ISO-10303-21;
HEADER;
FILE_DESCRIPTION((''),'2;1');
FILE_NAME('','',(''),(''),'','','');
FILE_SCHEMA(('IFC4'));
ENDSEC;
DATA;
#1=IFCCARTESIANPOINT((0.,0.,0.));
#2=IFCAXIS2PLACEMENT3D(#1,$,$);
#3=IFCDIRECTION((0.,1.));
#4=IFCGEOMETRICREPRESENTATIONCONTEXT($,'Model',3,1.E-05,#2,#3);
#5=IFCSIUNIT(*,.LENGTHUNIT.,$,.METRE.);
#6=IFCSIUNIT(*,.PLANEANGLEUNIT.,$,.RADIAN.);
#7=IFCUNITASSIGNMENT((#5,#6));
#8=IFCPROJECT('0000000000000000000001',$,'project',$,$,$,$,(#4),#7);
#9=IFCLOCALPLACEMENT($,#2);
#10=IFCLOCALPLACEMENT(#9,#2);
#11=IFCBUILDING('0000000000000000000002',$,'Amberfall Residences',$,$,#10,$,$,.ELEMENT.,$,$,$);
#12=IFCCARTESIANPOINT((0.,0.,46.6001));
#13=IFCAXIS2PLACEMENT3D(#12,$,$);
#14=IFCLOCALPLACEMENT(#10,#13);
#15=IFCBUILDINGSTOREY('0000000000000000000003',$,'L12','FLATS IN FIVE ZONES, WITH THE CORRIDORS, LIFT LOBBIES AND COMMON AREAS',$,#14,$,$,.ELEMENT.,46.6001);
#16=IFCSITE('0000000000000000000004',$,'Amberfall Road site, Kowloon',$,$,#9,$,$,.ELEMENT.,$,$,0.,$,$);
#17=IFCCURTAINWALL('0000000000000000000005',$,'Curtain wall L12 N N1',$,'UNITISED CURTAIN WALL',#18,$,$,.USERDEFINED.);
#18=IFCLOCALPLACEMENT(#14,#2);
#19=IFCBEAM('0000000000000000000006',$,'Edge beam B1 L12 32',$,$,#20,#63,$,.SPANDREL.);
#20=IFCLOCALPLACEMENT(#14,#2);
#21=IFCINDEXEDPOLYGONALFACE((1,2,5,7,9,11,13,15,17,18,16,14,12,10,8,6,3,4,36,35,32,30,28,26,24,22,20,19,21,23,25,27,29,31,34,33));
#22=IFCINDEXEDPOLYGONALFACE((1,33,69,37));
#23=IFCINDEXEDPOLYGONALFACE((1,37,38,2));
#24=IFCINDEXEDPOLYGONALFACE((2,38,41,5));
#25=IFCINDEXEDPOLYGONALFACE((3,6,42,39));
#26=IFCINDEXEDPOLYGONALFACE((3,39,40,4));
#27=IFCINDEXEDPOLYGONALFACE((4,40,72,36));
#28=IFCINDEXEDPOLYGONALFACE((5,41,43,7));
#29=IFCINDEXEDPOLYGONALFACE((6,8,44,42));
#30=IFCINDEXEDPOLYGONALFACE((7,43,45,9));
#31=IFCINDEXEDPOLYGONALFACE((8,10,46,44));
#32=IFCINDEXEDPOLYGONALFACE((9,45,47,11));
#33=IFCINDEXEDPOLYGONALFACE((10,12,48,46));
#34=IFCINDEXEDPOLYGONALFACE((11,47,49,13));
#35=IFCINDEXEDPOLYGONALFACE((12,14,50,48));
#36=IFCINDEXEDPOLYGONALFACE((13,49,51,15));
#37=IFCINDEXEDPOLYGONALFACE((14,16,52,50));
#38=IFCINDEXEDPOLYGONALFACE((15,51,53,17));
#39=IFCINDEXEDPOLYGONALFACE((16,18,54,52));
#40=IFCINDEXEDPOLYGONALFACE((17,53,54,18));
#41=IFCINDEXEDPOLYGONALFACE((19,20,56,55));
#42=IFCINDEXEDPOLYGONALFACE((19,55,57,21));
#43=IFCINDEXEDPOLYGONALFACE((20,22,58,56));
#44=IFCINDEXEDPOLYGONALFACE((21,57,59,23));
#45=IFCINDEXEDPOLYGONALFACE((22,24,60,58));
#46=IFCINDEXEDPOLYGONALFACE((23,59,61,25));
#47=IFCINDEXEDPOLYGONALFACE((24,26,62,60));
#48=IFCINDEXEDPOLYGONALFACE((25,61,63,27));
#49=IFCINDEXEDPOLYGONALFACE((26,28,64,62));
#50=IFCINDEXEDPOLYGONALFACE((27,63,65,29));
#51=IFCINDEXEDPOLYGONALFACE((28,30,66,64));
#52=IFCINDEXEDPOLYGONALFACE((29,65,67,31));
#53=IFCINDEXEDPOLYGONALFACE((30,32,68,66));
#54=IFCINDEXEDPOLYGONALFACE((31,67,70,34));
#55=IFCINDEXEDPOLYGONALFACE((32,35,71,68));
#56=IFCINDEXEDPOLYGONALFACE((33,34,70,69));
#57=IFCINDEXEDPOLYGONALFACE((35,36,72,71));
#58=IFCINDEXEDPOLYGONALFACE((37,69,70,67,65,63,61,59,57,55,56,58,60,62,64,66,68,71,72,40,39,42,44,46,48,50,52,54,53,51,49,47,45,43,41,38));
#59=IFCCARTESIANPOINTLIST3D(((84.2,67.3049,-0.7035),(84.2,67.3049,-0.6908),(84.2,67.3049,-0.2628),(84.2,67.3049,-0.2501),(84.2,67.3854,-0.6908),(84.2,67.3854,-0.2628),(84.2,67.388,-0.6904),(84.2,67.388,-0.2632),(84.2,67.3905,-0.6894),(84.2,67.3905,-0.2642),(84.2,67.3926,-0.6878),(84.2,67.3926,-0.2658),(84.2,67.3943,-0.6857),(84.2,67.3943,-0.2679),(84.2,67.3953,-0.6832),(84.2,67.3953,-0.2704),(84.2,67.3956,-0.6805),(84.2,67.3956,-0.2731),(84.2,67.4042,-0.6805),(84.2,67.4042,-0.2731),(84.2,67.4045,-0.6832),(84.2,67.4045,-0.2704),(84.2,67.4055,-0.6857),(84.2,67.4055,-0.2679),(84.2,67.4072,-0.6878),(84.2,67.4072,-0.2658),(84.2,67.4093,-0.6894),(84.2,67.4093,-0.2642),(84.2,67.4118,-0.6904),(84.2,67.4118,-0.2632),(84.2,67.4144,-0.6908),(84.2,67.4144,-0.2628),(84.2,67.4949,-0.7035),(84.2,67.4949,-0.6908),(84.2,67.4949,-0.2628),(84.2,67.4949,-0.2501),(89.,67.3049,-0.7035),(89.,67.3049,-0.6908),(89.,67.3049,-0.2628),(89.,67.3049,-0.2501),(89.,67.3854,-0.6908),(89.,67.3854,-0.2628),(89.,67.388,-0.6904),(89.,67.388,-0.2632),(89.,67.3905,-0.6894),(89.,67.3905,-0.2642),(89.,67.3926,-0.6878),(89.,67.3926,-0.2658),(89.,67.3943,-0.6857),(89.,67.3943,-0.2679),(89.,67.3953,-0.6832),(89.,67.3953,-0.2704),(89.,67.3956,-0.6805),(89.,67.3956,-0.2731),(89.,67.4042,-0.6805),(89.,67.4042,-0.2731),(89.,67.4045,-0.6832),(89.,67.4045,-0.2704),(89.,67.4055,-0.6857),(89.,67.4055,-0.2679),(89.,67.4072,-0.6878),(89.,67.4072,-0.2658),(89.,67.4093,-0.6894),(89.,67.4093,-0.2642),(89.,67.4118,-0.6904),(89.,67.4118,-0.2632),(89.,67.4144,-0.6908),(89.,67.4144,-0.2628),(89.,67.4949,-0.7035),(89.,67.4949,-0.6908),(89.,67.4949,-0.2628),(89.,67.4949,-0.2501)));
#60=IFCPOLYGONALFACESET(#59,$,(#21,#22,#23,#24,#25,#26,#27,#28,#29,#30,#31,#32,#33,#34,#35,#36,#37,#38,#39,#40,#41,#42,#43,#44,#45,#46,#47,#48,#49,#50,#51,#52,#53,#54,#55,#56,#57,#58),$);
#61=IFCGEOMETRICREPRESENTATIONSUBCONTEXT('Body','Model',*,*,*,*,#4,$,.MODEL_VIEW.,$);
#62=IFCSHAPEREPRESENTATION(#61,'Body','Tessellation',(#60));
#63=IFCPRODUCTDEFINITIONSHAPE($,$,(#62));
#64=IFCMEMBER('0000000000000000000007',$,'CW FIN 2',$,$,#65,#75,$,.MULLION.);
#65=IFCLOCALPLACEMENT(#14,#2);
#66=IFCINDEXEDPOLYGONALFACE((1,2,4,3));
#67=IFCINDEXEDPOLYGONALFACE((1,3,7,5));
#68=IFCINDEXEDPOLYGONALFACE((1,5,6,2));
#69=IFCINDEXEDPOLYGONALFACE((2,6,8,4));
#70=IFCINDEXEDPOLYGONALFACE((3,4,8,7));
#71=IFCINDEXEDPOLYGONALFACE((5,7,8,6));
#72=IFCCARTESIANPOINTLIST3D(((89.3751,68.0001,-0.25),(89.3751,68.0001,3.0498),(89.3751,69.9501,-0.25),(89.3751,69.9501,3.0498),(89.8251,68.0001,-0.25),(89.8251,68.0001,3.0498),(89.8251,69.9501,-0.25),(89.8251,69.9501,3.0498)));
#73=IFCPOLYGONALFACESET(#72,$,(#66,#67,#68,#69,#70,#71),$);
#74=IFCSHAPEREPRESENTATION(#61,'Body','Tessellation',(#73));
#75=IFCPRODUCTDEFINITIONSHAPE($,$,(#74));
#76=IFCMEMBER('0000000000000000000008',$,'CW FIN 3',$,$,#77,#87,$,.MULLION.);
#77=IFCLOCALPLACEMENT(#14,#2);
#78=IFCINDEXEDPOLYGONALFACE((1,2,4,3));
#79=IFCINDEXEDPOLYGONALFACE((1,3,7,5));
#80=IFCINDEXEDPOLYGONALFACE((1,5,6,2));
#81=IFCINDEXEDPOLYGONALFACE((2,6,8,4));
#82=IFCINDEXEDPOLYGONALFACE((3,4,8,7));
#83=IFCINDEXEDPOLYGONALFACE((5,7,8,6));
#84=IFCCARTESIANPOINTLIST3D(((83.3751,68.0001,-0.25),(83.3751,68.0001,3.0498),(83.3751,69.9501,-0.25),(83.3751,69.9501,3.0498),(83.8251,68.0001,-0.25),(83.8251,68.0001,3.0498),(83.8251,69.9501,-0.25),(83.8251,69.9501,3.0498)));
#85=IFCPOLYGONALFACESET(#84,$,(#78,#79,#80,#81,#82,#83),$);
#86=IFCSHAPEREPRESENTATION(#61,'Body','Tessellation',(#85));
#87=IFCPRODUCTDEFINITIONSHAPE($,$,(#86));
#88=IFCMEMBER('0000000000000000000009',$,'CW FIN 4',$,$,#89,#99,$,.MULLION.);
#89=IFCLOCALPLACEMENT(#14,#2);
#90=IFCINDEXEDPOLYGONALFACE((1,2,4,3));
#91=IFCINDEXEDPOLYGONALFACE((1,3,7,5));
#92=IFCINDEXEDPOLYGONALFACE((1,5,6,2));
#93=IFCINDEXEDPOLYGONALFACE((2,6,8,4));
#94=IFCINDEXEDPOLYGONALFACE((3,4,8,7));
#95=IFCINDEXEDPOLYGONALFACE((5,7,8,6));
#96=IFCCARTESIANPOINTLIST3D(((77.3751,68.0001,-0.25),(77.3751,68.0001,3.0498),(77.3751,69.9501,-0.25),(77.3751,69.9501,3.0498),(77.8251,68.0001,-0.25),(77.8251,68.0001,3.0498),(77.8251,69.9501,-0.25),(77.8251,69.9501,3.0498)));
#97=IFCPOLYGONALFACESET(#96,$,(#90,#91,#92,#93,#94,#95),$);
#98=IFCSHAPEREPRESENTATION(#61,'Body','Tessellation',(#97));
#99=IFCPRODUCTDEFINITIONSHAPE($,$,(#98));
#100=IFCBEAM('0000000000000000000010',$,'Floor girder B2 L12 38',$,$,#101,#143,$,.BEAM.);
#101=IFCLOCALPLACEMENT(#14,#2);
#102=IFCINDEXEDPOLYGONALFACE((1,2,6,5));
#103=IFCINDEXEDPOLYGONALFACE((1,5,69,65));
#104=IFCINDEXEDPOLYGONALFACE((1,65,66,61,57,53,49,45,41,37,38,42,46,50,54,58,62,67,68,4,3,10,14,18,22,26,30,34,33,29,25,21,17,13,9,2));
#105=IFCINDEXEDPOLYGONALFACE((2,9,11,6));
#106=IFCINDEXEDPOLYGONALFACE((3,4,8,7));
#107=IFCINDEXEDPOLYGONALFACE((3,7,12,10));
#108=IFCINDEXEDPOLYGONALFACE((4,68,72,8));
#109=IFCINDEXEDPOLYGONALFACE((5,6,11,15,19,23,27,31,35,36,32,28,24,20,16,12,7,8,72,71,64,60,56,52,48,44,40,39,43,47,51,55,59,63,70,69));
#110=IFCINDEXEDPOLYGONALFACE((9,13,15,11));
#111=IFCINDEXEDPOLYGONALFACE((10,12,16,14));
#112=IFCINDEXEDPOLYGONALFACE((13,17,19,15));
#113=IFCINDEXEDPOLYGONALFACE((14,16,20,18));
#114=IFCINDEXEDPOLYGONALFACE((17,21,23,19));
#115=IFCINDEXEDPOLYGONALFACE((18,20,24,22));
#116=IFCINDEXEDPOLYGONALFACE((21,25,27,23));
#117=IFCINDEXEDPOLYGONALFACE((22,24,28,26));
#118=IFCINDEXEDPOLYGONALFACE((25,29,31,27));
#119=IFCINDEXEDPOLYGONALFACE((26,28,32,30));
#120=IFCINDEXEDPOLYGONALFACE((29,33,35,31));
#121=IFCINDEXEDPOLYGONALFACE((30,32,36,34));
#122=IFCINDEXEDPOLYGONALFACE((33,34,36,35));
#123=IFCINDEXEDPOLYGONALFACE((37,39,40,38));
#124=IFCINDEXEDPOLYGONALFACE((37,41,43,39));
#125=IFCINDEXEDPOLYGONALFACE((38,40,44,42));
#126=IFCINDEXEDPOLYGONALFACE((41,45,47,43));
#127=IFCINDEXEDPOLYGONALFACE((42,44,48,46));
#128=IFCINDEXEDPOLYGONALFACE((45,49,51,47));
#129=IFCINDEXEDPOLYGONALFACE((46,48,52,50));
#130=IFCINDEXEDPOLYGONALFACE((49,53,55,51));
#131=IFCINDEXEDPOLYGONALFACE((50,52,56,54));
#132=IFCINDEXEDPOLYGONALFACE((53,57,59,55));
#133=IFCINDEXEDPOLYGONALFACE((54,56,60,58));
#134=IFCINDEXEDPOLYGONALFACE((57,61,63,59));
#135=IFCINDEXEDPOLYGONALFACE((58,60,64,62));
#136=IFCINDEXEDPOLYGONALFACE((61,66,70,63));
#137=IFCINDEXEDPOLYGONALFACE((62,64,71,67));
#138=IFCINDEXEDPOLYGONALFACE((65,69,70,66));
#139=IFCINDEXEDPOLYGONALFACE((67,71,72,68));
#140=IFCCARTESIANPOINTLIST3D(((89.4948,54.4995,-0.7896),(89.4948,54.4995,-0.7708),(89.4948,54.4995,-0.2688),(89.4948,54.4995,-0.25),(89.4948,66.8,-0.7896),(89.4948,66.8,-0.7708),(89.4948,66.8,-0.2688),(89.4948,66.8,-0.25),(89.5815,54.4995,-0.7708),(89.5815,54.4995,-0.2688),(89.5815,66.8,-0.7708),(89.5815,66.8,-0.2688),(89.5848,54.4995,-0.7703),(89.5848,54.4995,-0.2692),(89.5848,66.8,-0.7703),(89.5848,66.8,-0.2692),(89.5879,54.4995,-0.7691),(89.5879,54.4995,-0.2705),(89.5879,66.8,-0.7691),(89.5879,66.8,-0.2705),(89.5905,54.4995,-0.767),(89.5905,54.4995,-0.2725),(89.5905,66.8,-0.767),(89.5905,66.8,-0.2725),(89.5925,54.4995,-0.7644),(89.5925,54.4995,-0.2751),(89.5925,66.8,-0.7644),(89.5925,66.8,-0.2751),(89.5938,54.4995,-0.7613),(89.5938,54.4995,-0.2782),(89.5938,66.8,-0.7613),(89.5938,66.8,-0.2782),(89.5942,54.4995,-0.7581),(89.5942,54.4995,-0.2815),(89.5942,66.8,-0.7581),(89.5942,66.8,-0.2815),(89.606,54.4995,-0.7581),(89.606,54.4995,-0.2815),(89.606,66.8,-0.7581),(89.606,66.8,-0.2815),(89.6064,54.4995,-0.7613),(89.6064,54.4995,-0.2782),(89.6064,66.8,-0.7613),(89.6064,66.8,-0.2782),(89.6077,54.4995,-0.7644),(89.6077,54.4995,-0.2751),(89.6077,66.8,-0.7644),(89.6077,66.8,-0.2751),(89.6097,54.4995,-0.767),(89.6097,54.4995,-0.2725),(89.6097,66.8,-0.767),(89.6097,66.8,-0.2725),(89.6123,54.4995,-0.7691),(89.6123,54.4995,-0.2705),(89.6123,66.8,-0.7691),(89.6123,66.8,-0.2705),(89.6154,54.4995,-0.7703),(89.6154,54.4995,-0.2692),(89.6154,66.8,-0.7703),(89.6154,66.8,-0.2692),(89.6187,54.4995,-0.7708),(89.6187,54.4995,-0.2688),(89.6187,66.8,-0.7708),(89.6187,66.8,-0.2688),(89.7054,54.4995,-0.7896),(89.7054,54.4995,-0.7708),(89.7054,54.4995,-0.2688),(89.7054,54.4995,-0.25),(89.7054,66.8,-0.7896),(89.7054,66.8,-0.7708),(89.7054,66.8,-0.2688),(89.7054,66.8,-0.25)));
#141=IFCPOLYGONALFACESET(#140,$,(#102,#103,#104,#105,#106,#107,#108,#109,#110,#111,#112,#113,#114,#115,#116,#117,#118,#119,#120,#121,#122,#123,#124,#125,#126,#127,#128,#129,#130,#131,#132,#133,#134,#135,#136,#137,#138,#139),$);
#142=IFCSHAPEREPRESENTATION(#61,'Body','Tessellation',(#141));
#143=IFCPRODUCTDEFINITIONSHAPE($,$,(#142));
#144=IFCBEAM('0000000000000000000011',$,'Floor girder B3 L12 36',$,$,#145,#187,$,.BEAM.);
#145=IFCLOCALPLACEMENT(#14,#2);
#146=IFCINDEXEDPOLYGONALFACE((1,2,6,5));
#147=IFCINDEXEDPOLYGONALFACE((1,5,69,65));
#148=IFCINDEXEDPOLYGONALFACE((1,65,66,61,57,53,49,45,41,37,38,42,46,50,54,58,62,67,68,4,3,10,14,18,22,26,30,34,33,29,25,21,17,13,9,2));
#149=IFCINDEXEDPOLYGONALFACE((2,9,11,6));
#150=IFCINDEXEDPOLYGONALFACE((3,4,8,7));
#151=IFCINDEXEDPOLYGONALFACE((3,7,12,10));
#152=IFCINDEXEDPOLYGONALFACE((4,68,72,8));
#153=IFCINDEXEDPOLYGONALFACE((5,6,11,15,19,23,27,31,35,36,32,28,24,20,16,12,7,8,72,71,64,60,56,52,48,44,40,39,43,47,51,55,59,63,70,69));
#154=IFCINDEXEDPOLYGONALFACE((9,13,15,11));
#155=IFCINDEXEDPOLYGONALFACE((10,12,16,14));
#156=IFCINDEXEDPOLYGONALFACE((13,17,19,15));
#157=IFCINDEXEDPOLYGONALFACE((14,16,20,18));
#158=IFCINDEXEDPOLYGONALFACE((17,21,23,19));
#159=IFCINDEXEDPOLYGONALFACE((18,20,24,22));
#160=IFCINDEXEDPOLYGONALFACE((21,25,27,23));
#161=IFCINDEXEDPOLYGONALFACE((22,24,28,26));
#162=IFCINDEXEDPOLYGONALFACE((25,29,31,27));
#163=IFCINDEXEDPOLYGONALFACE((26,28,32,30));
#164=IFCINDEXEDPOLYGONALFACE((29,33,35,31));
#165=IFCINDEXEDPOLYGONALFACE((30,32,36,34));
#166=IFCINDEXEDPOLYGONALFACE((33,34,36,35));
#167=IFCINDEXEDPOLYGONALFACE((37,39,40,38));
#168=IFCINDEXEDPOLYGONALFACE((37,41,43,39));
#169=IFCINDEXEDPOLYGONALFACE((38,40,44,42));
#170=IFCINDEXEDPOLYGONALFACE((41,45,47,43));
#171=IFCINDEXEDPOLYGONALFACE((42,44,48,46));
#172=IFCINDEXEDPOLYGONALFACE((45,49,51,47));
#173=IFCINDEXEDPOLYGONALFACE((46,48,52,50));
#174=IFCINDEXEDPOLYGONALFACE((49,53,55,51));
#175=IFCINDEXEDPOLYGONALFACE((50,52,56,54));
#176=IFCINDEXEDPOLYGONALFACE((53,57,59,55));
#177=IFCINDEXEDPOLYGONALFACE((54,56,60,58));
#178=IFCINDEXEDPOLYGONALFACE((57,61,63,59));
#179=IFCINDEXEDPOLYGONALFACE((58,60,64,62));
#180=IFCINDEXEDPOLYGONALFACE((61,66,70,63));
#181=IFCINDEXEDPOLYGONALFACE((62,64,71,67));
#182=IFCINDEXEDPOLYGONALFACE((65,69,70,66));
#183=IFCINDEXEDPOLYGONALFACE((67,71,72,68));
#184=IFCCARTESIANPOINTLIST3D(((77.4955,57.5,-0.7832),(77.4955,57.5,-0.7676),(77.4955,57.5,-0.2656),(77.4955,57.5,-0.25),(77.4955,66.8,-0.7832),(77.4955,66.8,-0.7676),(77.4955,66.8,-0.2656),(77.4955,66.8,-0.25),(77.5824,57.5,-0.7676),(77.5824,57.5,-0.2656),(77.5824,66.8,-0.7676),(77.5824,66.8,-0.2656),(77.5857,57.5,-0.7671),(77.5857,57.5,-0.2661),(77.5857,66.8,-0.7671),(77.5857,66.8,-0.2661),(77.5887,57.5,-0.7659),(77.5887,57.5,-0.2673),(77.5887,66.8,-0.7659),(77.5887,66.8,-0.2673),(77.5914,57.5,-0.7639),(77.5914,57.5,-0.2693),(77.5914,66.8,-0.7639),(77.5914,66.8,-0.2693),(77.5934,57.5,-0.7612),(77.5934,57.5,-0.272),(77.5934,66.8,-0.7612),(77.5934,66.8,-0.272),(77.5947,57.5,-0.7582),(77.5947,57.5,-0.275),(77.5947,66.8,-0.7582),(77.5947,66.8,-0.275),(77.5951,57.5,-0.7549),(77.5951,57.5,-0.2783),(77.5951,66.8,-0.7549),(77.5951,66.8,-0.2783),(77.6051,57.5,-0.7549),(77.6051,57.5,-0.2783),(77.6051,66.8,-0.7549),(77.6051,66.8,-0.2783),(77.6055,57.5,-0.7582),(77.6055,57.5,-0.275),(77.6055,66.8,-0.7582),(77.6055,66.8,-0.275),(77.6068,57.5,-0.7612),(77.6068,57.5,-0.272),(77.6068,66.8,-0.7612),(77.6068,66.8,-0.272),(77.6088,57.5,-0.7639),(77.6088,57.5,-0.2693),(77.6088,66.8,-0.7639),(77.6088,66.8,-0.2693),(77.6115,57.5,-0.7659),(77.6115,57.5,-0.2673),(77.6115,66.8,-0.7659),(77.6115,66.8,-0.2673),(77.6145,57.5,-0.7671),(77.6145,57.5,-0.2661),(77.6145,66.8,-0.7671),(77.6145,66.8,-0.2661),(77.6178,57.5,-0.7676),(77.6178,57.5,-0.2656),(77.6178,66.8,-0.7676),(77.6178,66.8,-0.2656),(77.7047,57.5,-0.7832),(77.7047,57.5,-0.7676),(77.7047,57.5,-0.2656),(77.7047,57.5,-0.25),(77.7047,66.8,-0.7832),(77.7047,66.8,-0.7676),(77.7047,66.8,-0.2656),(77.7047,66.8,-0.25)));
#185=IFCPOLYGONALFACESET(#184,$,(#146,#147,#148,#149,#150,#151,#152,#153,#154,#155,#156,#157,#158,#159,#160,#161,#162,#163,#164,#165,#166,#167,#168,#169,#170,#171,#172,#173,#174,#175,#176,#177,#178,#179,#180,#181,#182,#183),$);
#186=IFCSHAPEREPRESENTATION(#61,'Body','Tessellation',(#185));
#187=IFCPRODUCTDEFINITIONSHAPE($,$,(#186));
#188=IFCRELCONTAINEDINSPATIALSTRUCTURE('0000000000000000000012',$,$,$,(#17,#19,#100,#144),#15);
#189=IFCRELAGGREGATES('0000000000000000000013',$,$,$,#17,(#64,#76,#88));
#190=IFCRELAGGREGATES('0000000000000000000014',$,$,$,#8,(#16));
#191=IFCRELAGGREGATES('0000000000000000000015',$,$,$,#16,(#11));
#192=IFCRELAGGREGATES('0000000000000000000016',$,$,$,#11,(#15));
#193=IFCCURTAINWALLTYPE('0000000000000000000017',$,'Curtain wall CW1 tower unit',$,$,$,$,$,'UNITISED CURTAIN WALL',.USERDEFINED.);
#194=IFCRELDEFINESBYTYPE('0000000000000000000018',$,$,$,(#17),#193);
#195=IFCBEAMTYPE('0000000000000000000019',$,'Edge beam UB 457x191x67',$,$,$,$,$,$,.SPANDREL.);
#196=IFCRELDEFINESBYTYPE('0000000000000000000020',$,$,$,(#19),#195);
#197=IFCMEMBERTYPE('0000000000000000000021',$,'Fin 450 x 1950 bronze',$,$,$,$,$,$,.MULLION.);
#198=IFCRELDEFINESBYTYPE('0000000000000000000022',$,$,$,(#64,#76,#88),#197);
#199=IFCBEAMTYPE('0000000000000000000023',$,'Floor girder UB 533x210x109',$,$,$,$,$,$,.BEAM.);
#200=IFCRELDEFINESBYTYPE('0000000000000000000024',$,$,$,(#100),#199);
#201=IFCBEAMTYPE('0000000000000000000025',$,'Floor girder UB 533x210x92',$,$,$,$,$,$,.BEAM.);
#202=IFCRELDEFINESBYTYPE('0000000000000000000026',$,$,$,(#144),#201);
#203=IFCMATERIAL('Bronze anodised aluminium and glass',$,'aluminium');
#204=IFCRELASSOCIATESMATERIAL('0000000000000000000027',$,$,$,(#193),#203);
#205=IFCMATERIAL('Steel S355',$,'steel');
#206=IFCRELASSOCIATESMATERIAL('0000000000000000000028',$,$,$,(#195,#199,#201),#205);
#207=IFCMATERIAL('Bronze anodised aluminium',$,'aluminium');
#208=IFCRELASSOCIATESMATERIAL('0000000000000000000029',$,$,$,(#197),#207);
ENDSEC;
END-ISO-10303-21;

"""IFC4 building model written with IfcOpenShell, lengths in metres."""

from ifc_helpers import new_model, si_unit, direction, frame, origin, origin_2d, place, context, subcontext, project, spatial, rectangle, i_section, extrude, material, material_profile, profile_set, type_object, element, aggregate, save


model = new_model("IFC4")

# Units and contexts
model_context = context("Model", 3, precision=1e-05, world=origin(), true_north=direction((0.0, 1.0)))
body_context = subcontext(model_context, "Body", "Model", "MODEL_VIEW")
ifc_project = project(units=[si_unit("LENGTHUNIT", "METRE"), si_unit("PLANEANGLEUNIT", "RADIAN")], contexts=[model_context])

# Site, building, storey
site_placement = place(None, origin())
site = spatial("IfcSite", under=ifc_project, at=site_placement, Name="Amberfall Road site, Kowloon", CompositionType="ELEMENT", RefElevation=0.0)
building_placement = place(site_placement, origin())
building = spatial("IfcBuilding", under=site, at=building_placement, Name="Amberfall Residences", CompositionType="ELEMENT")
storey_placement = place(building_placement, frame((0.0, 0.0, 46.6001)))
storey = spatial("IfcBuildingStorey", under=building, at=storey_placement, Name="L12", Description="FLATS IN FIVE ZONES, WITH THE CORRIDORS, LIFT LOBBIES AND COMMON AREAS", CompositionType="ELEMENT", Elevation=46.6001)

# Curtain wall
ifc_material_1 = material(Name="Bronze anodised aluminium and glass", Category="aluminium")
curtain_wall_type = type_object("IfcCurtainWallType", Name="Curtain wall CW1 tower unit", ElementType="UNITISED CURTAIN WALL", PredefinedType="USERDEFINED", material=ifc_material_1)
curtain_wall_placement = place(storey_placement, origin())
curtain_wall = element("IfcCurtainWall", 1, at=curtain_wall_placement, inside=storey, type_object=curtain_wall_type, Name="Curtain wall L12 N N1", ObjectType="UNITISED CURTAIN WALL", PredefinedType="USERDEFINED")
ifc_material_2 = material(Name="Bronze anodised aluminium", Category="aluminium")

# Beam
ifc_material_3 = material(Name="Steel S355", Category="steel")
ifc_material_profile_1 = material_profile(ifc_material_3, i_section(OverallWidth=0.1899, OverallDepth=0.4534, WebThickness=0.0085, FlangeThickness=0.0127, FilletRadius=0.0103, at=origin_2d()), Name="UB 457x191x67")
ifc_profile_set_1 = profile_set([ifc_material_profile_1], Name="Steel S355")
beam_type_1 = type_object("IfcBeamType", Name="Edge beam UB 457x191x67", PredefinedType="SPANDREL", material=ifc_profile_set_1)
for number, where, z_axis, x_axis, name in (
    (2, (84.2, 67.3999, -0.4768), (1.0, 0.0, 0.0), (0.0, 1.0, 0.0), "Edge beam B1 L12 32"),
):
    element("IfcBeam", number, at=place(storey_placement, frame(where, z_axis=z_axis, x_axis=x_axis)), inside=storey, type_object=beam_type_1, Name=name, PredefinedType="SPANDREL", context=body_context, shape_type="SweptSolid", body=[
        extrude(i_section(OverallWidth=0.1899, OverallDepth=0.4534, WebThickness=0.0085, FlangeThickness=0.0127, FilletRadius=0.0103, at=origin_2d()), origin(), (0.0, 0.0, 1.0), 4.8),
    ])

# Members
ifc_material_profile_2 = material_profile(ifc_material_2, rectangle(XDim=1.95, YDim=0.45, at=origin_2d()), Name="Fin 450 x 1950 bronze")
ifc_profile_set_2 = profile_set([ifc_material_profile_2], Name="Bronze anodised aluminium")
member_type_1 = type_object("IfcMemberType", Name="Fin 450 x 1950 bronze", PredefinedType="MULLION", material=ifc_profile_set_2)
member_1_placement = place(storey_placement, frame((89.6001, 68.9751, -0.25), z_axis=(0.0, 0.0, 1.0), x_axis=(0.0, -1.0, 0.0)))
member_1 = element("IfcMember", 3, at=member_1_placement, type_object=member_type_1, Name="CW FIN 2", PredefinedType="MULLION", context=body_context, shape_type="SweptSolid", body=[
    extrude(rectangle(XDim=1.95, YDim=0.45, at=origin_2d()), origin(), (0.0, 0.0, 1.0), 3.2998),
])
member_2_placement = place(storey_placement, frame((83.6001, 68.9751, -0.25), z_axis=(0.0, 0.0, 1.0), x_axis=(0.0, -1.0, 0.0)))
member_2 = element("IfcMember", 4, at=member_2_placement, type_object=member_type_1, Name="CW FIN 3", PredefinedType="MULLION", context=body_context, shape_type="SweptSolid", body=[
    extrude(rectangle(XDim=1.95, YDim=0.45, at=origin_2d()), origin(), (0.0, 0.0, 1.0), 3.2998),
])
member_3_placement = place(storey_placement, frame((77.6001, 68.9751, -0.25), z_axis=(0.0, 0.0, 1.0), x_axis=(0.0, -1.0, 0.0)))
member_3 = element("IfcMember", 5, at=member_3_placement, type_object=member_type_1, Name="CW FIN 4", PredefinedType="MULLION", context=body_context, shape_type="SweptSolid", body=[
    extrude(rectangle(XDim=1.95, YDim=0.45, at=origin_2d()), origin(), (0.0, 0.0, 1.0), 3.2998),
])

# Beams
ifc_material_profile_3 = material_profile(ifc_material_3, i_section(OverallWidth=0.2107, OverallDepth=0.5396, WebThickness=0.0117, FlangeThickness=0.0188, FilletRadius=0.0127, at=origin_2d()), Name="UB 533x210x109")
ifc_profile_set_3 = profile_set([ifc_material_profile_3], Name="Steel S355")
beam_type_2 = type_object("IfcBeamType", Name="Floor girder UB 533x210x109", PredefinedType="BEAM", material=ifc_profile_set_3)
beam_placement = place(storey_placement, frame((89.6001, 66.8, -0.5198), z_axis=(0.0, -1.0, 0.0), x_axis=(1.0, 0.0, 0.0)))
element("IfcBeam", 6, at=beam_placement, inside=storey, type_object=beam_type_2, Name="Floor girder B2 L12 38", PredefinedType="BEAM", context=body_context, shape_type="SweptSolid", body=[
    extrude(i_section(OverallWidth=0.2107, OverallDepth=0.5396, WebThickness=0.0117, FlangeThickness=0.0188, FilletRadius=0.0127, at=origin_2d()), origin(), (0.0, 0.0, 1.0), 12.3005),
])
ifc_material_profile_4 = material_profile(ifc_material_3, i_section(OverallWidth=0.2092, OverallDepth=0.5332, WebThickness=0.01, FlangeThickness=0.0156, FilletRadius=0.0127, at=origin_2d()), Name="UB 533x210x92")
ifc_profile_set_4 = profile_set([ifc_material_profile_4], Name="Steel S355")
beam_type_3 = type_object("IfcBeamType", Name="Floor girder UB 533x210x92", PredefinedType="BEAM", material=ifc_profile_set_4)
for number, where, z_axis, x_axis, name in (
    (7, (77.6001, 66.8, -0.5166), (0.0, -1.0, 0.0), (1.0, 0.0, 0.0), "Floor girder B3 L12 36"),
):
    element("IfcBeam", number, at=place(storey_placement, frame(where, z_axis=z_axis, x_axis=x_axis)), inside=storey, type_object=beam_type_3, Name=name, PredefinedType="BEAM", context=body_context, shape_type="SweptSolid", body=[
        extrude(i_section(OverallWidth=0.2092, OverallDepth=0.5332, WebThickness=0.01, FlangeThickness=0.0156, FilletRadius=0.0127, at=origin_2d()), origin(), (0.0, 0.0, 1.0), 9.3),
    ])

aggregate(curtain_wall, [member_1, member_2, member_3])

save(model, "model.ifc")
